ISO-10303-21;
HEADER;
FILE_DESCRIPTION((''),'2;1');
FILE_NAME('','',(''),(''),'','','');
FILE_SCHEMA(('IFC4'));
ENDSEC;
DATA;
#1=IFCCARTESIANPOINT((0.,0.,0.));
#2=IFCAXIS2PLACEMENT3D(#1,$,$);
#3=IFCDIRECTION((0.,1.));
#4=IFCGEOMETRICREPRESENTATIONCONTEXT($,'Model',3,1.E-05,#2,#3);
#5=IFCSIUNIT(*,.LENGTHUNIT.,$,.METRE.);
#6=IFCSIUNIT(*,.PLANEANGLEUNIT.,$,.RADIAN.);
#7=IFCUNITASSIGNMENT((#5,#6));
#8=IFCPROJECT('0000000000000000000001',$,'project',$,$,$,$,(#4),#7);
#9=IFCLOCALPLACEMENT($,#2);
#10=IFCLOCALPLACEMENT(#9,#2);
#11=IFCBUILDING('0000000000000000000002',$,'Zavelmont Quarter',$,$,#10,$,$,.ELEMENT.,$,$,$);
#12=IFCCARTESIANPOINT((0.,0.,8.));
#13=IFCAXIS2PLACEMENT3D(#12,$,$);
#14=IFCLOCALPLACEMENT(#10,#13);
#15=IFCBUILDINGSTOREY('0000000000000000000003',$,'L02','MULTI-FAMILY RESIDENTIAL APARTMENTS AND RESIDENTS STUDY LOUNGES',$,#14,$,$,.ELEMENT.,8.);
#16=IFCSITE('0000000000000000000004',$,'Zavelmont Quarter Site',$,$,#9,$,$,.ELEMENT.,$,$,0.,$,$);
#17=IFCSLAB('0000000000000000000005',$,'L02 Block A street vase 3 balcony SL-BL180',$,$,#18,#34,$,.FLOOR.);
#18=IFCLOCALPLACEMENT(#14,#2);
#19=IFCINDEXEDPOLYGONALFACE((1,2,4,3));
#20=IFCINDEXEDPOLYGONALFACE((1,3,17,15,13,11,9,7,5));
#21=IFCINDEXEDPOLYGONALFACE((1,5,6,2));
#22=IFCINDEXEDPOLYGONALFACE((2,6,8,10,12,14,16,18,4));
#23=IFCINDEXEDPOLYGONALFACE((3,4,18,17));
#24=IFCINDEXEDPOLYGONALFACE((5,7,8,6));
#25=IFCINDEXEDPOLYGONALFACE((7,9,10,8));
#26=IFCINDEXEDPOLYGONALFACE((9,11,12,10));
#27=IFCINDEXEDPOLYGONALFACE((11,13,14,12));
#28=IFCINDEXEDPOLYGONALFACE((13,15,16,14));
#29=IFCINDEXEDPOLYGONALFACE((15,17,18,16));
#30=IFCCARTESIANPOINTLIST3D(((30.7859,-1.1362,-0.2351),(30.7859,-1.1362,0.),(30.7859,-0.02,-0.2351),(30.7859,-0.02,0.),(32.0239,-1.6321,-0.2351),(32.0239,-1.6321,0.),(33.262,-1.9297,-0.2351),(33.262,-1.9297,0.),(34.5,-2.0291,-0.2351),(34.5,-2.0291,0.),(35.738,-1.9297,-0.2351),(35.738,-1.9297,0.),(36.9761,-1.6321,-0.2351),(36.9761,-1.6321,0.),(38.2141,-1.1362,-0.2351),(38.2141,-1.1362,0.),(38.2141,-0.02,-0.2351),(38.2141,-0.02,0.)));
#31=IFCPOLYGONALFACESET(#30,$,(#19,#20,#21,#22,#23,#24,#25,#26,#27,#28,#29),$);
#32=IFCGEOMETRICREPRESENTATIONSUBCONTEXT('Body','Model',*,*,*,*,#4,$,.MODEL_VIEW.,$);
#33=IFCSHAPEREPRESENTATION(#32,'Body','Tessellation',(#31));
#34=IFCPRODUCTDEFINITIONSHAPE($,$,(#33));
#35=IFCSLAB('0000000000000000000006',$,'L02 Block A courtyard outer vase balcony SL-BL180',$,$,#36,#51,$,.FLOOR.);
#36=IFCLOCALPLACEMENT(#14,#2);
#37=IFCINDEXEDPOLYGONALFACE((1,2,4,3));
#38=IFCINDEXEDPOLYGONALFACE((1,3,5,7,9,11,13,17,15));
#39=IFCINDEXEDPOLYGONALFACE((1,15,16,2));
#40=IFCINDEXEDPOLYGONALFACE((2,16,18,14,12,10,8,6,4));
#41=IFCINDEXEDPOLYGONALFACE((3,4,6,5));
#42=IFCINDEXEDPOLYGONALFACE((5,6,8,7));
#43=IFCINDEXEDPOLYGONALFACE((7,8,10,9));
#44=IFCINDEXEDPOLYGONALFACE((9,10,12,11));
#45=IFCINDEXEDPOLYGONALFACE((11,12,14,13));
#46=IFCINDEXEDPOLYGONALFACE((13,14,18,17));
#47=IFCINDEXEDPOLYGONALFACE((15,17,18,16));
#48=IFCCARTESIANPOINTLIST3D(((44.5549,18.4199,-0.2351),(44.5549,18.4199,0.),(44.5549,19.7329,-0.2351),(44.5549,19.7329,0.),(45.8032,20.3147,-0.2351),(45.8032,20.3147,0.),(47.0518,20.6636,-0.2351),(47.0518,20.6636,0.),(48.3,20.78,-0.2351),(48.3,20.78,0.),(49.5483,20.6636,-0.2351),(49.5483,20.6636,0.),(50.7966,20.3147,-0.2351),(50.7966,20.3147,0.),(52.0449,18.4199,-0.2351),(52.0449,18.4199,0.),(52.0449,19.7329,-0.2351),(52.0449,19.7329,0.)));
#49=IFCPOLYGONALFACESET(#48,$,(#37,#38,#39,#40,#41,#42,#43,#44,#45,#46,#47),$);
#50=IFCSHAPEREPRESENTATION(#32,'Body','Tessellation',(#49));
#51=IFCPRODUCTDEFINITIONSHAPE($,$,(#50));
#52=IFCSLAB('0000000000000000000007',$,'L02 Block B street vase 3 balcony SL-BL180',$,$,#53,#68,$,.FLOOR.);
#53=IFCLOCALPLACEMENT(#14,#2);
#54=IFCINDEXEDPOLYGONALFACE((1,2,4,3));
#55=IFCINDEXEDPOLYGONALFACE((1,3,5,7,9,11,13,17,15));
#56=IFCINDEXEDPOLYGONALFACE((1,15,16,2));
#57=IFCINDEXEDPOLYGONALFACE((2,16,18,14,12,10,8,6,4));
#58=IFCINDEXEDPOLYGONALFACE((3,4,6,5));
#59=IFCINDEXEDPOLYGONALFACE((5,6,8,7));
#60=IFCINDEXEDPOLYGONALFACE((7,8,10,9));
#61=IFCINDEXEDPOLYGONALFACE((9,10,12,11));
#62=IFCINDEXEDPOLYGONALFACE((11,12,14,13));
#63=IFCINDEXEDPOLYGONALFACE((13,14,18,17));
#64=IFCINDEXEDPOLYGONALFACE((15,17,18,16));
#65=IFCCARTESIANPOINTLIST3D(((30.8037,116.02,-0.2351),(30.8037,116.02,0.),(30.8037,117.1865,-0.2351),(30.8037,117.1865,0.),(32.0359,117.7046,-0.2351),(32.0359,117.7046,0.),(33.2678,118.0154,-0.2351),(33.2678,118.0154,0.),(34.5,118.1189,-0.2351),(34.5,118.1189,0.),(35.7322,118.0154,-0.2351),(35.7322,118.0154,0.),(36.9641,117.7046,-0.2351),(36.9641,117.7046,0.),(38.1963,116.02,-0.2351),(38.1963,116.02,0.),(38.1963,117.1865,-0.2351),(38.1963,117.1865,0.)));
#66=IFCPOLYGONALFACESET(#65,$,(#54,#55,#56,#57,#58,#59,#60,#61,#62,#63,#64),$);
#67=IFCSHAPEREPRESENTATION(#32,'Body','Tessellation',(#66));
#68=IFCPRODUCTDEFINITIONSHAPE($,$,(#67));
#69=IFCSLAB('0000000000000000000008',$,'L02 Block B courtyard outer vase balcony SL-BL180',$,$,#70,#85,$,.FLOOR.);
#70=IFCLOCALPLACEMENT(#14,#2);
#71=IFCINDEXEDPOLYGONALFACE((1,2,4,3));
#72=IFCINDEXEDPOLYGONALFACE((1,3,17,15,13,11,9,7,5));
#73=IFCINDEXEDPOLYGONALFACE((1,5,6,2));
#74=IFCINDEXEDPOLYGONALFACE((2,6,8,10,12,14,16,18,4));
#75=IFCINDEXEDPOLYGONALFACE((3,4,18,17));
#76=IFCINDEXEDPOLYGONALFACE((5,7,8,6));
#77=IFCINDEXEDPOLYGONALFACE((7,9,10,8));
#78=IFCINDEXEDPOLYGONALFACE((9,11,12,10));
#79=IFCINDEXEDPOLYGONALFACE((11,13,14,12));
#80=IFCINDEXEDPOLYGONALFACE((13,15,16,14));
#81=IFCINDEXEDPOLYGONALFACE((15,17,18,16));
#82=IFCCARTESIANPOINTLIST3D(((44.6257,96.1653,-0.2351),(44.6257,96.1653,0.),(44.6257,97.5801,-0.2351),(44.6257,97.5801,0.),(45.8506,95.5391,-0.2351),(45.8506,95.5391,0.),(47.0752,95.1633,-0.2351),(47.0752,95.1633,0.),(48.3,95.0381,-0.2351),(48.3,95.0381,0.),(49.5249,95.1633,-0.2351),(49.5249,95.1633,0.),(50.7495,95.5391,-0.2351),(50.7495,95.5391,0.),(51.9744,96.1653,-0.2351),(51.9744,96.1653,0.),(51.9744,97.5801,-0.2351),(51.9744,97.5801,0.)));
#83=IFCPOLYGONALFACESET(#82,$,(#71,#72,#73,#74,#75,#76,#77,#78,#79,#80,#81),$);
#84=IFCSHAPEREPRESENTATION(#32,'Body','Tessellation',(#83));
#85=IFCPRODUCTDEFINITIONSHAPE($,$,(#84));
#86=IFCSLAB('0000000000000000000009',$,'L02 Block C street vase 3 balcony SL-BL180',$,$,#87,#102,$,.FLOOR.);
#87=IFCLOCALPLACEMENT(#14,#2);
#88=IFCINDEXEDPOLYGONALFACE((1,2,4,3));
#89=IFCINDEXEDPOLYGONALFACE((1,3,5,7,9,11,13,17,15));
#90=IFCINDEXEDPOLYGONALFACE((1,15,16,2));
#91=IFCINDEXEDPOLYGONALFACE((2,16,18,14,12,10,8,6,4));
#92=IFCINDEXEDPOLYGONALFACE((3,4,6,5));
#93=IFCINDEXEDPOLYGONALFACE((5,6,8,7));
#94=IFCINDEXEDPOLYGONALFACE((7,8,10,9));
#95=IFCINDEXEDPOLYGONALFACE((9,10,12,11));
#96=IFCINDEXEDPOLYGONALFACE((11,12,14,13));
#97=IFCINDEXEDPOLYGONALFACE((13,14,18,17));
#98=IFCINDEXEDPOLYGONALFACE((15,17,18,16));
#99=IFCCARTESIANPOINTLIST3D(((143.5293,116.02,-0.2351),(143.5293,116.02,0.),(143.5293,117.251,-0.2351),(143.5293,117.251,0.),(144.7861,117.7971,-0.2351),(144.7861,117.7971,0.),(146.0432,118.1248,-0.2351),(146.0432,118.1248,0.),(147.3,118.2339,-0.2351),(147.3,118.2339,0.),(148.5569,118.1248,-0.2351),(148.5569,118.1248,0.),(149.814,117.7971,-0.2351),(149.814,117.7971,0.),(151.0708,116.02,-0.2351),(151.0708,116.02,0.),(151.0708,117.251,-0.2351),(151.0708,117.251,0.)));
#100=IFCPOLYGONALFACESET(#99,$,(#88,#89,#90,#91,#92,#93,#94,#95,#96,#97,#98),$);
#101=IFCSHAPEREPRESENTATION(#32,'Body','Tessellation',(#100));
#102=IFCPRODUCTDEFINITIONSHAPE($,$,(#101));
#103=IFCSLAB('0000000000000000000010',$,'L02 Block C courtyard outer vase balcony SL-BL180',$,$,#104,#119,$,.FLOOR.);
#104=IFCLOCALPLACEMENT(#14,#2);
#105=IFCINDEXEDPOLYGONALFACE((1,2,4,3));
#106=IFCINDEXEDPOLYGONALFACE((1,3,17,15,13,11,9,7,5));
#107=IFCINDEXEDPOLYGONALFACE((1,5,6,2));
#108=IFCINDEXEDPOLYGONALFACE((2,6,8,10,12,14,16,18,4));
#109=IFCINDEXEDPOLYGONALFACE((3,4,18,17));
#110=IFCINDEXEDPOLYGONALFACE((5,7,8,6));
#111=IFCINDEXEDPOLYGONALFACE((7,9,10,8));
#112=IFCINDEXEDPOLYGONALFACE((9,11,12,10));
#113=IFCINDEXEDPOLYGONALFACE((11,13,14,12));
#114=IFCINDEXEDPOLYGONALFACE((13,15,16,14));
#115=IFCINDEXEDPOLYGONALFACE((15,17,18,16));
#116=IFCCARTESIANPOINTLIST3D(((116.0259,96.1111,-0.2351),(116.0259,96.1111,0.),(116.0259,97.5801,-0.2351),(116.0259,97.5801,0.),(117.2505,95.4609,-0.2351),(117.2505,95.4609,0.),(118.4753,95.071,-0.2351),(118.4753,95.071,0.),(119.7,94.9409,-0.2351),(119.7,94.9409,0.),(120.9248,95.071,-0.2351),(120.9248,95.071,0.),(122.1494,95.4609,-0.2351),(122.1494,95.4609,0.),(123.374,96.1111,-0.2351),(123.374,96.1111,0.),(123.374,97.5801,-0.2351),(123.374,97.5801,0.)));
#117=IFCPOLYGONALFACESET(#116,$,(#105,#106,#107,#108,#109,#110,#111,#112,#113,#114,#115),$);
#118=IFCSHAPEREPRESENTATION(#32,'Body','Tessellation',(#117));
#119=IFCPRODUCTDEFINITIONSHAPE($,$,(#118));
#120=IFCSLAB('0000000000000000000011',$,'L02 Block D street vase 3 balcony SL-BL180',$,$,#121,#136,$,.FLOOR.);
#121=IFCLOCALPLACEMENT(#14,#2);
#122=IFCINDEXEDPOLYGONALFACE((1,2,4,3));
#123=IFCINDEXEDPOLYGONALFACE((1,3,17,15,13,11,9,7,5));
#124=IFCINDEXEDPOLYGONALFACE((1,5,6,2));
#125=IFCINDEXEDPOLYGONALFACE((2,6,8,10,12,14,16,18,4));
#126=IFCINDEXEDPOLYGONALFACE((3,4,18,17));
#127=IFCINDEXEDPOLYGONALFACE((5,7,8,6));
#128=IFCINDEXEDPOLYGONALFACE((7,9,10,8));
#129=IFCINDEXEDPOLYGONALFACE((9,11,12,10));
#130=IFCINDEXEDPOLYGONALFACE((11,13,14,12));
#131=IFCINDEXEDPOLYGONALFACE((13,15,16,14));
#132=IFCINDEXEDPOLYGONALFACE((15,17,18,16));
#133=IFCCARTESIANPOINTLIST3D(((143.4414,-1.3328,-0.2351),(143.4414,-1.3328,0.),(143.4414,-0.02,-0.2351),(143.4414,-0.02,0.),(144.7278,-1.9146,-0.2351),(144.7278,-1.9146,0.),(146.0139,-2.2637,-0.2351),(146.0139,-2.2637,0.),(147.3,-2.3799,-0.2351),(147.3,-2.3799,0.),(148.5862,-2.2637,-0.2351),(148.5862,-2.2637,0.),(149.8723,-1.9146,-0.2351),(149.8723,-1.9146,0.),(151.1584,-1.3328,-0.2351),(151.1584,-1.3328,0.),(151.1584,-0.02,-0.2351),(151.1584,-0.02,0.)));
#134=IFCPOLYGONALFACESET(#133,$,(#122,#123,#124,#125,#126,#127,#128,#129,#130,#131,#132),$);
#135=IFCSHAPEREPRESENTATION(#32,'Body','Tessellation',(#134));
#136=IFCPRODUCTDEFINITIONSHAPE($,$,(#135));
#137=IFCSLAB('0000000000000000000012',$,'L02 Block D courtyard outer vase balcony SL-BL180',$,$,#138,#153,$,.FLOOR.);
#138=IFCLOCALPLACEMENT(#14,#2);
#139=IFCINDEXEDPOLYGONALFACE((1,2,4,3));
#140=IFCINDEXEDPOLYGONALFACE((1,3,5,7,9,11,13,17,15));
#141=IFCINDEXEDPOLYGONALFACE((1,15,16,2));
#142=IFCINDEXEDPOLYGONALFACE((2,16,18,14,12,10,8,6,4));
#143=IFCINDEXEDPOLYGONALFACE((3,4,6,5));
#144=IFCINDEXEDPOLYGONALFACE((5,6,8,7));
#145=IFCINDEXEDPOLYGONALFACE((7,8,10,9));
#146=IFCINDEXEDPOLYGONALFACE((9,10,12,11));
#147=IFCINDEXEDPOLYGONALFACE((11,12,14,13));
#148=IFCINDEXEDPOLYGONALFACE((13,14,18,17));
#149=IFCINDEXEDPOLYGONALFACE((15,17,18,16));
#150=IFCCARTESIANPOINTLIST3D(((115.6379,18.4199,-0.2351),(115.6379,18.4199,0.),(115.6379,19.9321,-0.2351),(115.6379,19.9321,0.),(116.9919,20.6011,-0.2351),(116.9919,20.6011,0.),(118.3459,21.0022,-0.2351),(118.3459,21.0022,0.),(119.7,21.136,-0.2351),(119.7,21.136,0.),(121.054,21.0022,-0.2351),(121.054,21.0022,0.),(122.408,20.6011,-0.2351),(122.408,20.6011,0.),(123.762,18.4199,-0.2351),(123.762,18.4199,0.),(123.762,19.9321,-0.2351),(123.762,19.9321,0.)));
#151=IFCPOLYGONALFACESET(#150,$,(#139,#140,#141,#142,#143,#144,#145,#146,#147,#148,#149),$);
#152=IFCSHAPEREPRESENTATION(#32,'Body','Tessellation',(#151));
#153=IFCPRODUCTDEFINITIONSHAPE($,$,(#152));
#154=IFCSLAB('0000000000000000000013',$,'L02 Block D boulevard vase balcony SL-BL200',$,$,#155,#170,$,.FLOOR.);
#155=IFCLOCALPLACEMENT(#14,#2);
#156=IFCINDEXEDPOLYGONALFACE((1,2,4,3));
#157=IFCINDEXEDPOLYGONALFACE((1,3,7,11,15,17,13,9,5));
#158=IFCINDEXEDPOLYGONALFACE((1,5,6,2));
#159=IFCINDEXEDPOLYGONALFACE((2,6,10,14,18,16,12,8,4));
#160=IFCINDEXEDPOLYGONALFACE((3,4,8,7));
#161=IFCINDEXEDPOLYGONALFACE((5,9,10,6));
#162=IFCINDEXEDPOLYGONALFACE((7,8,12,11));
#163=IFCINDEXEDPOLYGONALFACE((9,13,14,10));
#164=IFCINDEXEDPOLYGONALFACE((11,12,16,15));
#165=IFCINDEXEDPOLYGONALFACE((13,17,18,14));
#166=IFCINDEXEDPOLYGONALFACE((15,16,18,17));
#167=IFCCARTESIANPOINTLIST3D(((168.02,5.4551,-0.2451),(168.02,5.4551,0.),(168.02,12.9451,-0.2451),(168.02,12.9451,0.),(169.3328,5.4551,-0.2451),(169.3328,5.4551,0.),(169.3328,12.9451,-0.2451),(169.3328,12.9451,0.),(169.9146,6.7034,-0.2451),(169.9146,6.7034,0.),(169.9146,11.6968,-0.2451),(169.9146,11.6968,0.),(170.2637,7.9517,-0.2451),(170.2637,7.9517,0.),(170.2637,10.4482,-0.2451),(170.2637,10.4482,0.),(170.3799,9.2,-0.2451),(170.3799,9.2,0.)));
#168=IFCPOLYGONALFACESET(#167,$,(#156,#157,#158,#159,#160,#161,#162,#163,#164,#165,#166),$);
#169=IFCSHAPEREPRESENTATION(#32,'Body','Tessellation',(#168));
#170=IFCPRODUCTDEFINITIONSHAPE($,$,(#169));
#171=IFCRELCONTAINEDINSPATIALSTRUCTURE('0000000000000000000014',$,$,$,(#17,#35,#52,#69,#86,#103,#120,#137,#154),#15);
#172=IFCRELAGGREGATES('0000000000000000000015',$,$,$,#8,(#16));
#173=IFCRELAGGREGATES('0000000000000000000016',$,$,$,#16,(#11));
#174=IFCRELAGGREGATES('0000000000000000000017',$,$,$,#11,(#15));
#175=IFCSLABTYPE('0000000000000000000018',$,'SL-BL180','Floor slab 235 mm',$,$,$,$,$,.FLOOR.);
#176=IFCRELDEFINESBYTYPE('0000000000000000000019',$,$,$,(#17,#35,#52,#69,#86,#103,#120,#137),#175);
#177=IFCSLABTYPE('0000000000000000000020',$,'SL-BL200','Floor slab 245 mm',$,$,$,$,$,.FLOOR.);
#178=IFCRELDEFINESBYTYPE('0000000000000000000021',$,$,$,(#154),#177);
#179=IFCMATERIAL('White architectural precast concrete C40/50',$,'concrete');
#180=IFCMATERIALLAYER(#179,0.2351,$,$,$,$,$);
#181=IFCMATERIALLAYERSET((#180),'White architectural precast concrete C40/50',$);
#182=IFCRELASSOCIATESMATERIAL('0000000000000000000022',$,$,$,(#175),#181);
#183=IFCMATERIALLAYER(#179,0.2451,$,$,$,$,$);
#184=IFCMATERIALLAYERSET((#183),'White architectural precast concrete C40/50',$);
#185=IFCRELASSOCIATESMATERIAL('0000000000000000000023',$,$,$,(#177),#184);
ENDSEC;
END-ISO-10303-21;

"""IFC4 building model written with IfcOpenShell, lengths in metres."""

from ifc_helpers import new_model, si_unit, direction, frame, origin, place, context, subcontext, project, spatial, polyline, outline, extrude, material, layer, layer_set, type_object, element, save


model = new_model("IFC4")

# Units and contexts
model_context = context("Model", 3, precision=1e-05, world=origin(), true_north=direction((0.0, 1.0)))
body_context = subcontext(model_context, "Body", "Model", "MODEL_VIEW")
ifc_project = project(units=[si_unit("LENGTHUNIT", "METRE"), si_unit("PLANEANGLEUNIT", "RADIAN")], contexts=[model_context])

# Site, building, storey
site_placement = place(None, origin())
site = spatial("IfcSite", under=ifc_project, at=site_placement, Name="Zavelmont Quarter Site", CompositionType="ELEMENT", RefElevation=0.0)
building_placement = place(site_placement, origin())
building = spatial("IfcBuilding", under=site, at=building_placement, Name="Zavelmont Quarter", CompositionType="ELEMENT")
storey_placement = place(building_placement, frame((0.0, 0.0, 8.0)))
storey = spatial("IfcBuildingStorey", under=building, at=storey_placement, Name="L02", Description="MULTI-FAMILY RESIDENTIAL APARTMENTS AND RESIDENTS STUDY LOUNGES", CompositionType="ELEMENT", Elevation=8.0)

# Slabs
ifc_material_1 = material(Name="White architectural precast concrete C40/50", Category="concrete")
ifc_layer_1 = layer(ifc_material_1, 0.2351)
ifc_layer_set_1 = layer_set([ifc_layer_1], Name="White architectural precast concrete C40/50")
slab_type_1 = type_object("IfcSlabType", Name="SL-BL180", Description="Floor slab 235 mm", PredefinedType="FLOOR", material=ifc_layer_set_1)
slab_1_placement = place(storey_placement, frame((0.0, 0.0, -0.2351)))
element("IfcSlab", 1, at=slab_1_placement, inside=storey, type_object=slab_type_1, Name="L02 Block A street vase 3 balcony SL-BL180", PredefinedType="FLOOR", context=body_context, shape_type="SweptSolid", body=[
    extrude(outline(polyline([(30.7859, -0.02), (30.7859, -1.1362), (32.0239, -1.6321), (33.262, -1.9297), (34.5, -2.0291), (35.738, -1.9297), (36.9761, -1.6321), (38.2141, -1.1362), (38.2141, -0.02), (30.7859, -0.02)])), origin(), (0.0, 0.0, 1.0), 0.2351),
])
slab_2_placement = place(storey_placement, frame((0.0, 0.0, -0.2351)))
element("IfcSlab", 2, at=slab_2_placement, inside=storey, type_object=slab_type_1, Name="L02 Block A courtyard outer vase balcony SL-BL180", PredefinedType="FLOOR", context=body_context, shape_type="SweptSolid", body=[
    extrude(outline(polyline([(52.0449, 18.4199), (52.0449, 19.7329), (50.7966, 20.3147), (49.5483, 20.6636), (48.3, 20.78), (47.0518, 20.6636), (45.8032, 20.3147), (44.5549, 19.7329), (44.5549, 18.4199), (52.0449, 18.4199)])), origin(), (0.0, 0.0, 1.0), 0.2351),
])
slab_3_placement = place(storey_placement, frame((0.0, 0.0, -0.2351)))
element("IfcSlab", 3, at=slab_3_placement, inside=storey, type_object=slab_type_1, Name="L02 Block B street vase 3 balcony SL-BL180", PredefinedType="FLOOR", context=body_context, shape_type="SweptSolid", body=[
    extrude(outline(polyline([(38.1963, 116.02), (38.1963, 117.1865), (36.9641, 117.7046), (35.7322, 118.0154), (34.5, 118.1189), (33.2678, 118.0154), (32.0359, 117.7046), (30.8037, 117.1865), (30.8037, 116.02), (38.1963, 116.02)])), origin(), (0.0, 0.0, 1.0), 0.2351),
])
slab_4_placement = place(storey_placement, frame((0.0, 0.0, -0.2351)))
element("IfcSlab", 4, at=slab_4_placement, inside=storey, type_object=slab_type_1, Name="L02 Block B courtyard outer vase balcony SL-BL180", PredefinedType="FLOOR", context=body_context, shape_type="SweptSolid", body=[
    extrude(outline(polyline([(44.6257, 97.5801), (44.6257, 96.1653), (45.8506, 95.5391), (47.0752, 95.1633), (48.3, 95.0381), (49.5249, 95.1633), (50.7495, 95.5391), (51.9744, 96.1653), (51.9744, 97.5801), (44.6257, 97.5801)])), origin(), (0.0, 0.0, 1.0), 0.2351),
])
slab_5_placement = place(storey_placement, frame((0.0, 0.0, -0.2351)))
element("IfcSlab", 5, at=slab_5_placement, inside=storey, type_object=slab_type_1, Name="L02 Block C street vase 3 balcony SL-BL180", PredefinedType="FLOOR", context=body_context, shape_type="SweptSolid", body=[
    extrude(outline(polyline([(151.0708, 116.02), (151.0708, 117.251), (149.814, 117.7971), (148.5569, 118.1248), (147.3, 118.2339), (146.0432, 118.1248), (144.7861, 117.7971), (143.5293, 117.251), (143.5293, 116.02), (151.0708, 116.02)])), origin(), (0.0, 0.0, 1.0), 0.2351),
])
slab_6_placement = place(storey_placement, frame((0.0, 0.0, -0.2351)))
element("IfcSlab", 6, at=slab_6_placement, inside=storey, type_object=slab_type_1, Name="L02 Block C courtyard outer vase balcony SL-BL180", PredefinedType="FLOOR", context=body_context, shape_type="SweptSolid", body=[
    extrude(outline(polyline([(116.0259, 97.5801), (116.0259, 96.1111), (117.2505, 95.4609), (118.4753, 95.071), (119.7, 94.9409), (120.9248, 95.071), (122.1494, 95.4609), (123.374, 96.1111), (123.374, 97.5801), (116.0259, 97.5801)])), origin(), (0.0, 0.0, 1.0), 0.2351),
])
slab_7_placement = place(storey_placement, frame((0.0, 0.0, -0.2351)))
element("IfcSlab", 7, at=slab_7_placement, inside=storey, type_object=slab_type_1, Name="L02 Block D street vase 3 balcony SL-BL180", PredefinedType="FLOOR", context=body_context, shape_type="SweptSolid", body=[
    extrude(outline(polyline([(143.4414, -0.02), (143.4414, -1.3328), (144.7278, -1.9146), (146.0139, -2.2637), (147.3, -2.3799), (148.5862, -2.2637), (149.8723, -1.9146), (151.1584, -1.3328), (151.1584, -0.02), (143.4414, -0.02)])), origin(), (0.0, 0.0, 1.0), 0.2351),
])
slab_8_placement = place(storey_placement, frame((0.0, 0.0, -0.2351)))
element("IfcSlab", 8, at=slab_8_placement, inside=storey, type_object=slab_type_1, Name="L02 Block D courtyard outer vase balcony SL-BL180", PredefinedType="FLOOR", context=body_context, shape_type="SweptSolid", body=[
    extrude(outline(polyline([(123.762, 18.4199), (123.762, 19.9321), (122.408, 20.6011), (121.054, 21.0022), (119.7, 21.136), (118.3459, 21.0022), (116.9919, 20.6011), (115.6379, 19.9321), (115.6379, 18.4199), (123.762, 18.4199)])), origin(), (0.0, 0.0, 1.0), 0.2351),
])
ifc_layer_2 = layer(ifc_material_1, 0.2451)
ifc_layer_set_2 = layer_set([ifc_layer_2], Name="White architectural precast concrete C40/50")
slab_type_2 = type_object("IfcSlabType", Name="SL-BL200", Description="Floor slab 245 mm", PredefinedType="FLOOR", material=ifc_layer_set_2)
slab_9_placement = place(storey_placement, frame((0.0, 0.0, -0.2451)))
element("IfcSlab", 9, at=slab_9_placement, inside=storey, type_object=slab_type_2, Name="L02 Block D boulevard vase balcony SL-BL200", PredefinedType="FLOOR", context=body_context, shape_type="SweptSolid", body=[
    extrude(outline(polyline([(168.02, 5.4551), (169.3328, 5.4551), (169.9146, 6.7034), (170.2637, 7.9517), (170.3799, 9.2), (170.2637, 10.4482), (169.9146, 11.6968), (169.3328, 12.9451), (168.02, 12.9451), (168.02, 5.4551)])), origin(), (0.0, 0.0, 1.0), 0.2451),
])

save(model, "model.ifc")
